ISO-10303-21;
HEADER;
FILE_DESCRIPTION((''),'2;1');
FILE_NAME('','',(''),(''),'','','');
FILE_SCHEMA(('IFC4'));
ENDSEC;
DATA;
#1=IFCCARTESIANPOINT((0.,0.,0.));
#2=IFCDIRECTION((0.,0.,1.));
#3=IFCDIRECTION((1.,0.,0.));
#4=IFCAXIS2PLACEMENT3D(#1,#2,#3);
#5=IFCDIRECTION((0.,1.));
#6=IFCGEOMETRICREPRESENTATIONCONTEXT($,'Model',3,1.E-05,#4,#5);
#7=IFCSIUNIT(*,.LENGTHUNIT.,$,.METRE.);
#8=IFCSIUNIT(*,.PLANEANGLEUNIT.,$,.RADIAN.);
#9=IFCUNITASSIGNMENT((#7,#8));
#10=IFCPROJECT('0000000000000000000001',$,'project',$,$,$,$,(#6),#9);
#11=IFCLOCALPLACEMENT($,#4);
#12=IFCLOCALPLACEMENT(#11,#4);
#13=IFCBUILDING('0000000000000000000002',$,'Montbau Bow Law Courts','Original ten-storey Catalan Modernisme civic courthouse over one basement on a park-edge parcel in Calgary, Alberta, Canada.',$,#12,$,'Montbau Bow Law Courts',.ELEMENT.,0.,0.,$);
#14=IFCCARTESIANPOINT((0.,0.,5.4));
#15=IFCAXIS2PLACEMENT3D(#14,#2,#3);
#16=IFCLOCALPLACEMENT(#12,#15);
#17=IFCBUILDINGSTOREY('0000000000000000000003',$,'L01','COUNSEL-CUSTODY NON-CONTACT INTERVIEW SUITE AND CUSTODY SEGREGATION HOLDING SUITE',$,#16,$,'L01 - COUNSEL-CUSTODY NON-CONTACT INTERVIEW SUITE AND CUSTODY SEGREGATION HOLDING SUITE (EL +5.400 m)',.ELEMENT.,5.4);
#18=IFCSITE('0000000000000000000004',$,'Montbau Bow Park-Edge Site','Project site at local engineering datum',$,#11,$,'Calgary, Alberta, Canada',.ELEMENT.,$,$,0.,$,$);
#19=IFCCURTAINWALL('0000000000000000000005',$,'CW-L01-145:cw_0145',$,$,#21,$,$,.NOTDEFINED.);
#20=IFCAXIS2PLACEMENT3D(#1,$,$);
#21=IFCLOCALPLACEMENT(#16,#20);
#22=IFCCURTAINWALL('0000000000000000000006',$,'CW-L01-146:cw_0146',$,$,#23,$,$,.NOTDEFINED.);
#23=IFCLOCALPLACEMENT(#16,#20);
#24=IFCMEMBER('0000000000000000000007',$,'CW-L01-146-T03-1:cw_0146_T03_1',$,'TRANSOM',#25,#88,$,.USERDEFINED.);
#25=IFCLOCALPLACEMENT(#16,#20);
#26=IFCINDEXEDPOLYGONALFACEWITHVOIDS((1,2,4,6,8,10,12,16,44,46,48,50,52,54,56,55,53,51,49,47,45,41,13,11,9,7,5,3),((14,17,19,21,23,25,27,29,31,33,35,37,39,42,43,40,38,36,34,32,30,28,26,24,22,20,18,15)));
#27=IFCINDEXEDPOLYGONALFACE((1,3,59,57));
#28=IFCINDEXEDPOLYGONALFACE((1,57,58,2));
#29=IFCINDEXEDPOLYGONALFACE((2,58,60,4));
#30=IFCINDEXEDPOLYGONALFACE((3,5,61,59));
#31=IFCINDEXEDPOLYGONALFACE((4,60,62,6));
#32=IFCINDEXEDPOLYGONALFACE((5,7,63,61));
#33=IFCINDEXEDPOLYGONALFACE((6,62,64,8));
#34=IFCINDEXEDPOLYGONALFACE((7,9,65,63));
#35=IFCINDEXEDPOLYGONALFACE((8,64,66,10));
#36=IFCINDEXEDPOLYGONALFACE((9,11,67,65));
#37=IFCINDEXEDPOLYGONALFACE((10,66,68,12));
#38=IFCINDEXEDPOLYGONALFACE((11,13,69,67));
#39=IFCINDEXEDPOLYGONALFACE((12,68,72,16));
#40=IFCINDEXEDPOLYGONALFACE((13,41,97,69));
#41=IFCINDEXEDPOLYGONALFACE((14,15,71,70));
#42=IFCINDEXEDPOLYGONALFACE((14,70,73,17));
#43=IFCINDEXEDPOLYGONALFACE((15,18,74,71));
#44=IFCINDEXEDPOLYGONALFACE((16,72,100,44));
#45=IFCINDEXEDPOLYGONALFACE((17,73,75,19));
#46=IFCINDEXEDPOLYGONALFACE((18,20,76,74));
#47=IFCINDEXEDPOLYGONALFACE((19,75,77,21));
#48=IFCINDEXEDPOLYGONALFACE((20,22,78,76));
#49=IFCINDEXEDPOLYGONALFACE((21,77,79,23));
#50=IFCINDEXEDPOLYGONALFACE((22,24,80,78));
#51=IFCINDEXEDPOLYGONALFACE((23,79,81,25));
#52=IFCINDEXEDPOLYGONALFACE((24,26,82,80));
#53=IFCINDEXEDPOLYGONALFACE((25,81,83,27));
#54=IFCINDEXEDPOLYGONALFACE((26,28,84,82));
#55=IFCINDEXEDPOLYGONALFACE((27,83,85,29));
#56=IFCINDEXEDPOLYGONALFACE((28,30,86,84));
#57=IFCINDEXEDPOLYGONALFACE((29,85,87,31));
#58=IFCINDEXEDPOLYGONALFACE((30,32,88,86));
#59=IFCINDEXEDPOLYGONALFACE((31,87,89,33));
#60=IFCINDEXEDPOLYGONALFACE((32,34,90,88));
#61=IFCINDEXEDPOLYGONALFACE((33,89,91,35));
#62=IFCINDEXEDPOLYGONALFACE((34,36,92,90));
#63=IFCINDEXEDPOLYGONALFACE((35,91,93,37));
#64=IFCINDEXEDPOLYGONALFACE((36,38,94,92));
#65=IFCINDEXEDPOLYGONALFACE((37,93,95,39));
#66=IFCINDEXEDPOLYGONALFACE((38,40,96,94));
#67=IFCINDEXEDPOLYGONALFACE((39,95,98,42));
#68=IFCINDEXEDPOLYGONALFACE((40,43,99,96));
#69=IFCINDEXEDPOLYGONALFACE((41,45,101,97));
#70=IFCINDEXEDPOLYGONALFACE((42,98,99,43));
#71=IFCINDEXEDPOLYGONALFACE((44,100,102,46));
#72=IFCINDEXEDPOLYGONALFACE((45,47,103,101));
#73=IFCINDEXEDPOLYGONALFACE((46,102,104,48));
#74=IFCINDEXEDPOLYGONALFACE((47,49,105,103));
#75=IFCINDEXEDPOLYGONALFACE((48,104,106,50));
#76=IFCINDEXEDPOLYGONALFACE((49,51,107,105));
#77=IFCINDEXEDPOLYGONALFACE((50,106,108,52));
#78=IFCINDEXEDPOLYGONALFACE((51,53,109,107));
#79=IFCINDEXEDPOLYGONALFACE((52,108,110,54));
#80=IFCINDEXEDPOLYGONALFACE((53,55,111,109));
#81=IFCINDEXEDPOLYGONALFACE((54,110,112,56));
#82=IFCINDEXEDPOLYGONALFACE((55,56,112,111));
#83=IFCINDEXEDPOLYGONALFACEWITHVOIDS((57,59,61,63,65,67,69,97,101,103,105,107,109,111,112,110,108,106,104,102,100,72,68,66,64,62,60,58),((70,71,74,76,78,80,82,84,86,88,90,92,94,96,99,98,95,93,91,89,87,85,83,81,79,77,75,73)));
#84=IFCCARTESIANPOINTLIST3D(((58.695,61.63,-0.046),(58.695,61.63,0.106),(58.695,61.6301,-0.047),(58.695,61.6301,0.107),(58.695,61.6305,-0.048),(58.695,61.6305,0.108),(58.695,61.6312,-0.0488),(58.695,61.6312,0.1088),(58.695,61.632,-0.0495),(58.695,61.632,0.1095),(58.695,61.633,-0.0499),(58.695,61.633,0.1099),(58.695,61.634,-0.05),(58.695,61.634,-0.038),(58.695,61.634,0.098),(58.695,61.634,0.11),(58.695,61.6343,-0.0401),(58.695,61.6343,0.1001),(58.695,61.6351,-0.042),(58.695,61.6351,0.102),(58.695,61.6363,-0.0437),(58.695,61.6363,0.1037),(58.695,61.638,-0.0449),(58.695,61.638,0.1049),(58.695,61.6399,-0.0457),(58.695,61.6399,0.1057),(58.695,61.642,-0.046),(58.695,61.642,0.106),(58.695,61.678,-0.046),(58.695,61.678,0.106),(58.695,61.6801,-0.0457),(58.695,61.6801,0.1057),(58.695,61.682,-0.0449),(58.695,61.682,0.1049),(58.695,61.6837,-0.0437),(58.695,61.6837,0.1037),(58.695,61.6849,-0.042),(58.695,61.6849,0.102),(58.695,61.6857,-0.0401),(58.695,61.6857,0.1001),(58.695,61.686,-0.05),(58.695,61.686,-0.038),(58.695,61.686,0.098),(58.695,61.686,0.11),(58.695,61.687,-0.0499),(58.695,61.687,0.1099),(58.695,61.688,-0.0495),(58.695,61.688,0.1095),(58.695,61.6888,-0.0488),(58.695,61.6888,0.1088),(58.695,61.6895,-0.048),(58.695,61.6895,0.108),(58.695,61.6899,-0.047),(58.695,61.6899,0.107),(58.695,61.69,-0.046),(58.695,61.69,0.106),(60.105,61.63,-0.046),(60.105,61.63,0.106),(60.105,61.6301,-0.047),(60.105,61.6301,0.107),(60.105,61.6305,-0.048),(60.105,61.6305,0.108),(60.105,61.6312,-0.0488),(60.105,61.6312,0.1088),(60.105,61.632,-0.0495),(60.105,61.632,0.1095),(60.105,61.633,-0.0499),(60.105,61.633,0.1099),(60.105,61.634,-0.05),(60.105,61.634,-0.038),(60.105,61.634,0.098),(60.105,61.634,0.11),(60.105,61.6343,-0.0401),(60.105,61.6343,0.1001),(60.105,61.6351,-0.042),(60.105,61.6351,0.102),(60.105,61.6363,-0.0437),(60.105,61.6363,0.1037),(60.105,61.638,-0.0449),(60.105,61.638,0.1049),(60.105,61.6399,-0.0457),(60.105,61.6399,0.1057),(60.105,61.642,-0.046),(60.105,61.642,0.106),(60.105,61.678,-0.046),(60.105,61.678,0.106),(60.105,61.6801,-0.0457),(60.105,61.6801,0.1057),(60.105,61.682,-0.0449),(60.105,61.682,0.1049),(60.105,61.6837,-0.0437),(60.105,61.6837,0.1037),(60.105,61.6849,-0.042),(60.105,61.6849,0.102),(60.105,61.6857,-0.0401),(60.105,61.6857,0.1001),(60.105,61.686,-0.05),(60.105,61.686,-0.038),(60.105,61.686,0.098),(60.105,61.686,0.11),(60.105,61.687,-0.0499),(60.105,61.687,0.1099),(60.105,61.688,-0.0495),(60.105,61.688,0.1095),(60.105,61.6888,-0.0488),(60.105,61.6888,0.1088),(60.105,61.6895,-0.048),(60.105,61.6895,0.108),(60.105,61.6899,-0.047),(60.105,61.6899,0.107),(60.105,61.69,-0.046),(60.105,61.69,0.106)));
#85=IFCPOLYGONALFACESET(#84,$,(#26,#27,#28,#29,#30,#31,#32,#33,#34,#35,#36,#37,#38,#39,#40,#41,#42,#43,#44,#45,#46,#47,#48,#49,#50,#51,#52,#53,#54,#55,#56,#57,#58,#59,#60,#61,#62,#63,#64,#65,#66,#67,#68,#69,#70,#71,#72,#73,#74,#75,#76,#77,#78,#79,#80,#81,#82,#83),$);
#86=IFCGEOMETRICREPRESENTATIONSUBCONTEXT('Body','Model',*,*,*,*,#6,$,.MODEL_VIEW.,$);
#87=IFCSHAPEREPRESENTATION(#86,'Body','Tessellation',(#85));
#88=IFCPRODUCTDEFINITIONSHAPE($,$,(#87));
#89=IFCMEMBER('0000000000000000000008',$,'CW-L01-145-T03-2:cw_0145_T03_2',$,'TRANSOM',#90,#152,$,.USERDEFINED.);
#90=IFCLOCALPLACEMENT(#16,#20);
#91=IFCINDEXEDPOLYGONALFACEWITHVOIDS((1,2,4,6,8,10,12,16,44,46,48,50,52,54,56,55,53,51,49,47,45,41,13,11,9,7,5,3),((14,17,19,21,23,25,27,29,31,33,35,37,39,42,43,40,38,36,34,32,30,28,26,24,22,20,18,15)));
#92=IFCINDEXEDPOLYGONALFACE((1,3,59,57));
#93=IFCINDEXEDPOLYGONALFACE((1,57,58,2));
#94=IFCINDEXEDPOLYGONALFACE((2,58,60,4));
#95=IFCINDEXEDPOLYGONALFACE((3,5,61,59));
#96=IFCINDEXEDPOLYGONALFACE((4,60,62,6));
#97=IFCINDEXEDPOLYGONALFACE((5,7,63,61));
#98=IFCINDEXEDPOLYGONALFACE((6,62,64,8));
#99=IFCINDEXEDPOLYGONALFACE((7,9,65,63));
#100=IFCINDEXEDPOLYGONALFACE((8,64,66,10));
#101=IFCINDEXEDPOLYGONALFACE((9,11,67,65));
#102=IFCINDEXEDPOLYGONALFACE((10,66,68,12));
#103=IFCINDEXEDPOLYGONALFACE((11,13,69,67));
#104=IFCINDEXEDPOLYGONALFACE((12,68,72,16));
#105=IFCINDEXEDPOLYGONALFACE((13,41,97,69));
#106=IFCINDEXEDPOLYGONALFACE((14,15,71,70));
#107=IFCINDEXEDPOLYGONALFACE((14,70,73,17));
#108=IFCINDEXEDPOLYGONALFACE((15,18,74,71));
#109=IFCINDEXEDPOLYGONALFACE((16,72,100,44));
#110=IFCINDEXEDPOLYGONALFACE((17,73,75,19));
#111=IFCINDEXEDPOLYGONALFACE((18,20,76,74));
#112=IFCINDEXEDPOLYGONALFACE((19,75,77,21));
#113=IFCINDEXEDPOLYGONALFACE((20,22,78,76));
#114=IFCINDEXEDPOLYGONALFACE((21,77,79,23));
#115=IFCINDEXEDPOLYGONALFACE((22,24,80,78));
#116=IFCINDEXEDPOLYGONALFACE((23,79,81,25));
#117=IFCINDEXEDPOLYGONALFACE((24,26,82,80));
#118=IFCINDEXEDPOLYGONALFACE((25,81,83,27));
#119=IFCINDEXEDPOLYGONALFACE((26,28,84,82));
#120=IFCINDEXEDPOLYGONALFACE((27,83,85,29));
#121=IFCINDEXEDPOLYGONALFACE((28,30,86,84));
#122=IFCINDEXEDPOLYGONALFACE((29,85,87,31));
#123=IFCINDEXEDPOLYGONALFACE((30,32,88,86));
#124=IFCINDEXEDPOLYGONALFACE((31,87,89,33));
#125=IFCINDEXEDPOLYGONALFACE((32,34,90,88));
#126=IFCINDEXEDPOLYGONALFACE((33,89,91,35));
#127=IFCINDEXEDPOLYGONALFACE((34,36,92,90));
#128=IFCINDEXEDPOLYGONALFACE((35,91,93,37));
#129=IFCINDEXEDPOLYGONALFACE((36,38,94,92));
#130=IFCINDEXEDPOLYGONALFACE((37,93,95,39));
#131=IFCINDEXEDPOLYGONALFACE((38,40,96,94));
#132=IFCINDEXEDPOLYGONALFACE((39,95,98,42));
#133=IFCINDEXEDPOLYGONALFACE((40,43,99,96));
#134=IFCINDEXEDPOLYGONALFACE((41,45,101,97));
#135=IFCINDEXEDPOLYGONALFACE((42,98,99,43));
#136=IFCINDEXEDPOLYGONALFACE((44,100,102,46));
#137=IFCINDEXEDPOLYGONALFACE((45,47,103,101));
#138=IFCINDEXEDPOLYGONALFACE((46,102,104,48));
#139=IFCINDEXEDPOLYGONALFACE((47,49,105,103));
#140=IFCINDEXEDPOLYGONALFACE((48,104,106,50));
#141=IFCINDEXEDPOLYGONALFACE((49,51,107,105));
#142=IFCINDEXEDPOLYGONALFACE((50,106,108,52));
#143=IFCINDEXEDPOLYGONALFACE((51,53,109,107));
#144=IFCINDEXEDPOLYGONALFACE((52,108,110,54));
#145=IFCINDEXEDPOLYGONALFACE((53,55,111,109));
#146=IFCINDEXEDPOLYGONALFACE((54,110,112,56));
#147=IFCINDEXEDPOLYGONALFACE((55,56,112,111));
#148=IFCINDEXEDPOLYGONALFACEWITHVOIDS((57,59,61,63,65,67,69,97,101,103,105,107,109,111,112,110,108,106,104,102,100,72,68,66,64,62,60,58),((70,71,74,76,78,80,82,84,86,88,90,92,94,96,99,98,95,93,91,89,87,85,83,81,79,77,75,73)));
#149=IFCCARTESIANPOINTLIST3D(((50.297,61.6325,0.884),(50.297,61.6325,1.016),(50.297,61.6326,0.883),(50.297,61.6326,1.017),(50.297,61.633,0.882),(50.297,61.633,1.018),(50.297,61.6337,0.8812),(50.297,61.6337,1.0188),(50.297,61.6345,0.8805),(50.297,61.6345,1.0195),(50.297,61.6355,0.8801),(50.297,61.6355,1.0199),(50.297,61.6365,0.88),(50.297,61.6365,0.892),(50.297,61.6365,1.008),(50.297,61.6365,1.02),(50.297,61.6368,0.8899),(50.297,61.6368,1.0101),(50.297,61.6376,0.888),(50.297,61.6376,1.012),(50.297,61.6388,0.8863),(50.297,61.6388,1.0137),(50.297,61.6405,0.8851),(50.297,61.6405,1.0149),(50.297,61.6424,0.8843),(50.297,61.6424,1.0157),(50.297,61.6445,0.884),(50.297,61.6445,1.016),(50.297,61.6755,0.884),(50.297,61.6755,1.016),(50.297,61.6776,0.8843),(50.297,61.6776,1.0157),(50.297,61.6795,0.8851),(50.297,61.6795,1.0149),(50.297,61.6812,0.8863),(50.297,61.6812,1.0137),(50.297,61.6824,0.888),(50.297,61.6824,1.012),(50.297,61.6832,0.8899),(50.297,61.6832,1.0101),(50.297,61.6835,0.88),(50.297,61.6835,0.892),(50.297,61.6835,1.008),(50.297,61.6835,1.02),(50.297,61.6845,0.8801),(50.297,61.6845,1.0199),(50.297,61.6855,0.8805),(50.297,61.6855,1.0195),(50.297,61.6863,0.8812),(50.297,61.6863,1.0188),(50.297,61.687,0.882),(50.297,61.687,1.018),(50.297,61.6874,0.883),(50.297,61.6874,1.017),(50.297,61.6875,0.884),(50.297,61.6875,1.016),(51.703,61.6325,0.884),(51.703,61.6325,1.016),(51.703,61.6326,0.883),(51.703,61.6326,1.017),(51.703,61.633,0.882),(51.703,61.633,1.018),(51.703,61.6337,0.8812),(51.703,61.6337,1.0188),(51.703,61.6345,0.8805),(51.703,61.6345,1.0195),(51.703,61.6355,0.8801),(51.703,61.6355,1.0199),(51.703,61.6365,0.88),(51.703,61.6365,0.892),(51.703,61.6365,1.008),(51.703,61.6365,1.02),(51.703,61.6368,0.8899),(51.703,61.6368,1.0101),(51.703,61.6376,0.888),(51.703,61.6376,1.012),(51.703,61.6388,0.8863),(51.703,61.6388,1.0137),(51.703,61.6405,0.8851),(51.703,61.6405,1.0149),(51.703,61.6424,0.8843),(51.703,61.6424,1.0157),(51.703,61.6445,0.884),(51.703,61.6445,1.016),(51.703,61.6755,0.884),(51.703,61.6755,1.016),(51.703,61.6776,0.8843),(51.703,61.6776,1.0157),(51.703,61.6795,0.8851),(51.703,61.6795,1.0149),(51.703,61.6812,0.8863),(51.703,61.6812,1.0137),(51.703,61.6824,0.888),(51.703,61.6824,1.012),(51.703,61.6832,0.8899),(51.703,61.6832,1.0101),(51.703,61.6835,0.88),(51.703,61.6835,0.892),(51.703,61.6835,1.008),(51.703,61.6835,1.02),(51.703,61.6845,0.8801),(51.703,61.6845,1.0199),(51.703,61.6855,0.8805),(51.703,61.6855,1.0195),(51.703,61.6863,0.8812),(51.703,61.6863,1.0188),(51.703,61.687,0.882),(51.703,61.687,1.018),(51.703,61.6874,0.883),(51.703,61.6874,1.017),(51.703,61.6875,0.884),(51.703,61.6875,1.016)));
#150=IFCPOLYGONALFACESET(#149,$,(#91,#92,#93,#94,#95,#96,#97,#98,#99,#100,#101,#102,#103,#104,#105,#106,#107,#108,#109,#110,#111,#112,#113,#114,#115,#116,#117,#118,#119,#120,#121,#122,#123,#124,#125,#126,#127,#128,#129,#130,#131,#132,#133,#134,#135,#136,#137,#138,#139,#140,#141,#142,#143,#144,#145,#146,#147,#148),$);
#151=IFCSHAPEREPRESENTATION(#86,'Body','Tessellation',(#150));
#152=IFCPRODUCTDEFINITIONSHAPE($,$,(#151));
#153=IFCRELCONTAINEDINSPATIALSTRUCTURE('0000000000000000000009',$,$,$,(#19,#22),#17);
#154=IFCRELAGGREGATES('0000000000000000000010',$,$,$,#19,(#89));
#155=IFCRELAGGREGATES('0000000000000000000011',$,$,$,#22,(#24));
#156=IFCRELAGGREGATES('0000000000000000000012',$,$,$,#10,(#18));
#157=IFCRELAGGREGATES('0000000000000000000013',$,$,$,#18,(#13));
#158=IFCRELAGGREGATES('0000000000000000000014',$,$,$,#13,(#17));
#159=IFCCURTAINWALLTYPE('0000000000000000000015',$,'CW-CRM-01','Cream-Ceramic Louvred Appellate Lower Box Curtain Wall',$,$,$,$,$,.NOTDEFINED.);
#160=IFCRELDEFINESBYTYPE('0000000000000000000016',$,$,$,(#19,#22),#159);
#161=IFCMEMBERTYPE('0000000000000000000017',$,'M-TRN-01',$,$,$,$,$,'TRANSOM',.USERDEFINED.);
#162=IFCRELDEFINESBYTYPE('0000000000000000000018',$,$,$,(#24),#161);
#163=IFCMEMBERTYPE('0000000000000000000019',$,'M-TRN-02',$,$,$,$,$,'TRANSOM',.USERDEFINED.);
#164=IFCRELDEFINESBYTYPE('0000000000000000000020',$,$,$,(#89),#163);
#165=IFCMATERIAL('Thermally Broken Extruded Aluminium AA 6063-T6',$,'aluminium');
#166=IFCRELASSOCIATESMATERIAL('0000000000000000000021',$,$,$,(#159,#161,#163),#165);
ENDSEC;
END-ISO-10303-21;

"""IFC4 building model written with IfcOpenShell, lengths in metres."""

from ifc_helpers import new_model, si_unit, direction, frame, origin_with_axes, origin_2d_with_axis, place, context, subcontext, project, spatial, hollow_rectangle, extrude, material, material_profile, profile_set, type_object, element, aggregate, save


model = new_model("IFC4")

# Units and contexts
model_context = context("Model", 3, precision=1e-05, world=origin_with_axes(), true_north=direction((0.0, 1.0)))
body_context = subcontext(model_context, "Body", "Model", "MODEL_VIEW")
ifc_project = project(units=[si_unit("LENGTHUNIT", "METRE"), si_unit("PLANEANGLEUNIT", "RADIAN")], contexts=[model_context])

# Site, building, storey
site_placement = place(None, origin_with_axes())
site = spatial("IfcSite", under=ifc_project, at=site_placement, Name="Montbau Bow Park-Edge Site", Description="Project site at local engineering datum", LongName="Calgary, Alberta, Canada", CompositionType="ELEMENT", RefElevation=0.0)
building_placement = place(site_placement, origin_with_axes())
building = spatial("IfcBuilding", under=site, at=building_placement, Name="Montbau Bow Law Courts", Description="Original ten-storey Catalan Modernisme civic courthouse over one basement on a park-edge parcel in Calgary, Alberta, Canada.", LongName="Montbau Bow Law Courts", CompositionType="ELEMENT", ElevationOfRefHeight=0.0, ElevationOfTerrain=0.0)
storey_placement = place(building_placement, frame((0.0, 0.0, 5.4), z_axis=(0.0, 0.0, 1.0), x_axis=(1.0, 0.0, 0.0)))
storey = spatial("IfcBuildingStorey", under=building, at=storey_placement, Name="L01", Description="COUNSEL-CUSTODY NON-CONTACT INTERVIEW SUITE AND CUSTODY SEGREGATION HOLDING SUITE", LongName="L01 - COUNSEL-CUSTODY NON-CONTACT INTERVIEW SUITE AND CUSTODY SEGREGATION HOLDING SUITE (EL +5.400 m)", CompositionType="ELEMENT", Elevation=5.4)

# Curtain walls, member
ifc_material_1 = material(Name="Thermally Broken Extruded Aluminium AA 6063-T6", Category="aluminium")
curtain_wall_type = type_object("IfcCurtainWallType", Name="CW-CRM-01", Description="Cream-Ceramic Louvred Appellate Lower Box Curtain Wall", PredefinedType="NOTDEFINED", material=ifc_material_1)
curtain_wall_1_placement = place(None, frame((47.315, 61.66, 5.4), z_axis=(0.0, 0.0, 1.0), x_axis=(1.0, 0.0, 0.0)))
curtain_wall_1 = element("IfcCurtainWall", 1, at=curtain_wall_1_placement, inside=storey, type_object=curtain_wall_type, Name="CW-L01-145:cw_0145", PredefinedType="NOTDEFINED")
curtain_wall_2_placement = place(None, frame((55.715, 61.66, 5.4), z_axis=(0.0, 0.0, 1.0), x_axis=(1.0, 0.0, 0.0)))
curtain_wall_2 = element("IfcCurtainWall", 2, at=curtain_wall_2_placement, inside=storey, type_object=curtain_wall_type, Name="CW-L01-146:cw_0146", PredefinedType="NOTDEFINED")
ifc_material_profile_1 = material_profile(ifc_material_1, hollow_rectangle(XDim=0.06, YDim=0.16, WallThickness=0.004, InnerFilletRadius=0.008, OuterFilletRadius=0.004, at=origin_2d_with_axis()), Name="CWT-160X60", Category="Main", Priority=0)
ifc_profile_set_1 = profile_set([ifc_material_profile_1], Name="Thermally Broken Extruded Aluminium AA 6063-T6")
member_type_1 = type_object("IfcMemberType", Name="M-TRN-01", ElementType="TRANSOM", PredefinedType="USERDEFINED", material=ifc_profile_set_1)
member_1_placement = place(None, frame((58.695, 61.66, 5.43), z_axis=(1.0, 0.0, 0.0), x_axis=(0.0, 1.0, 0.0)))
member_1 = element("IfcMember", 3, at=member_1_placement, type_object=member_type_1, Name="CW-L01-146-T03-1:cw_0146_T03_1", ObjectType="TRANSOM", PredefinedType="USERDEFINED", context=body_context, shape_type="SweptSolid", body=[
    extrude(hollow_rectangle(XDim=0.06, YDim=0.16, WallThickness=0.004, InnerFilletRadius=0.008, OuterFilletRadius=0.004, at=origin_2d_with_axis()), origin_with_axes(), (0.0, 0.0, 1.0), 1.41),
])

# Member
ifc_material_profile_2 = material_profile(ifc_material_1, hollow_rectangle(XDim=0.055, YDim=0.14, WallThickness=0.004, InnerFilletRadius=0.008, OuterFilletRadius=0.004, at=origin_2d_with_axis()), Name="CWT-140X55", Category="Main", Priority=0)
ifc_profile_set_2 = profile_set([ifc_material_profile_2], Name="Thermally Broken Extruded Aluminium AA 6063-T6")
member_type_2 = type_object("IfcMemberType", Name="M-TRN-02", ElementType="TRANSOM", PredefinedType="USERDEFINED", material=ifc_profile_set_2)
member_2_placement = place(None, frame((50.297, 61.66, 6.35), z_axis=(1.0, 0.0, 0.0), x_axis=(0.0, 1.0, 0.0)))
member_2 = element("IfcMember", 4, at=member_2_placement, type_object=member_type_2, Name="CW-L01-145-T03-2:cw_0145_T03_2", ObjectType="TRANSOM", PredefinedType="USERDEFINED", context=body_context, shape_type="SweptSolid", body=[
    extrude(hollow_rectangle(XDim=0.055, YDim=0.14, WallThickness=0.004, InnerFilletRadius=0.008, OuterFilletRadius=0.004, at=origin_2d_with_axis()), origin_with_axes(), (0.0, 0.0, 1.0), 1.406),
])

aggregate(curtain_wall_1, [member_2])
aggregate(curtain_wall_2, [member_1])

save(model, "model.ifc")
